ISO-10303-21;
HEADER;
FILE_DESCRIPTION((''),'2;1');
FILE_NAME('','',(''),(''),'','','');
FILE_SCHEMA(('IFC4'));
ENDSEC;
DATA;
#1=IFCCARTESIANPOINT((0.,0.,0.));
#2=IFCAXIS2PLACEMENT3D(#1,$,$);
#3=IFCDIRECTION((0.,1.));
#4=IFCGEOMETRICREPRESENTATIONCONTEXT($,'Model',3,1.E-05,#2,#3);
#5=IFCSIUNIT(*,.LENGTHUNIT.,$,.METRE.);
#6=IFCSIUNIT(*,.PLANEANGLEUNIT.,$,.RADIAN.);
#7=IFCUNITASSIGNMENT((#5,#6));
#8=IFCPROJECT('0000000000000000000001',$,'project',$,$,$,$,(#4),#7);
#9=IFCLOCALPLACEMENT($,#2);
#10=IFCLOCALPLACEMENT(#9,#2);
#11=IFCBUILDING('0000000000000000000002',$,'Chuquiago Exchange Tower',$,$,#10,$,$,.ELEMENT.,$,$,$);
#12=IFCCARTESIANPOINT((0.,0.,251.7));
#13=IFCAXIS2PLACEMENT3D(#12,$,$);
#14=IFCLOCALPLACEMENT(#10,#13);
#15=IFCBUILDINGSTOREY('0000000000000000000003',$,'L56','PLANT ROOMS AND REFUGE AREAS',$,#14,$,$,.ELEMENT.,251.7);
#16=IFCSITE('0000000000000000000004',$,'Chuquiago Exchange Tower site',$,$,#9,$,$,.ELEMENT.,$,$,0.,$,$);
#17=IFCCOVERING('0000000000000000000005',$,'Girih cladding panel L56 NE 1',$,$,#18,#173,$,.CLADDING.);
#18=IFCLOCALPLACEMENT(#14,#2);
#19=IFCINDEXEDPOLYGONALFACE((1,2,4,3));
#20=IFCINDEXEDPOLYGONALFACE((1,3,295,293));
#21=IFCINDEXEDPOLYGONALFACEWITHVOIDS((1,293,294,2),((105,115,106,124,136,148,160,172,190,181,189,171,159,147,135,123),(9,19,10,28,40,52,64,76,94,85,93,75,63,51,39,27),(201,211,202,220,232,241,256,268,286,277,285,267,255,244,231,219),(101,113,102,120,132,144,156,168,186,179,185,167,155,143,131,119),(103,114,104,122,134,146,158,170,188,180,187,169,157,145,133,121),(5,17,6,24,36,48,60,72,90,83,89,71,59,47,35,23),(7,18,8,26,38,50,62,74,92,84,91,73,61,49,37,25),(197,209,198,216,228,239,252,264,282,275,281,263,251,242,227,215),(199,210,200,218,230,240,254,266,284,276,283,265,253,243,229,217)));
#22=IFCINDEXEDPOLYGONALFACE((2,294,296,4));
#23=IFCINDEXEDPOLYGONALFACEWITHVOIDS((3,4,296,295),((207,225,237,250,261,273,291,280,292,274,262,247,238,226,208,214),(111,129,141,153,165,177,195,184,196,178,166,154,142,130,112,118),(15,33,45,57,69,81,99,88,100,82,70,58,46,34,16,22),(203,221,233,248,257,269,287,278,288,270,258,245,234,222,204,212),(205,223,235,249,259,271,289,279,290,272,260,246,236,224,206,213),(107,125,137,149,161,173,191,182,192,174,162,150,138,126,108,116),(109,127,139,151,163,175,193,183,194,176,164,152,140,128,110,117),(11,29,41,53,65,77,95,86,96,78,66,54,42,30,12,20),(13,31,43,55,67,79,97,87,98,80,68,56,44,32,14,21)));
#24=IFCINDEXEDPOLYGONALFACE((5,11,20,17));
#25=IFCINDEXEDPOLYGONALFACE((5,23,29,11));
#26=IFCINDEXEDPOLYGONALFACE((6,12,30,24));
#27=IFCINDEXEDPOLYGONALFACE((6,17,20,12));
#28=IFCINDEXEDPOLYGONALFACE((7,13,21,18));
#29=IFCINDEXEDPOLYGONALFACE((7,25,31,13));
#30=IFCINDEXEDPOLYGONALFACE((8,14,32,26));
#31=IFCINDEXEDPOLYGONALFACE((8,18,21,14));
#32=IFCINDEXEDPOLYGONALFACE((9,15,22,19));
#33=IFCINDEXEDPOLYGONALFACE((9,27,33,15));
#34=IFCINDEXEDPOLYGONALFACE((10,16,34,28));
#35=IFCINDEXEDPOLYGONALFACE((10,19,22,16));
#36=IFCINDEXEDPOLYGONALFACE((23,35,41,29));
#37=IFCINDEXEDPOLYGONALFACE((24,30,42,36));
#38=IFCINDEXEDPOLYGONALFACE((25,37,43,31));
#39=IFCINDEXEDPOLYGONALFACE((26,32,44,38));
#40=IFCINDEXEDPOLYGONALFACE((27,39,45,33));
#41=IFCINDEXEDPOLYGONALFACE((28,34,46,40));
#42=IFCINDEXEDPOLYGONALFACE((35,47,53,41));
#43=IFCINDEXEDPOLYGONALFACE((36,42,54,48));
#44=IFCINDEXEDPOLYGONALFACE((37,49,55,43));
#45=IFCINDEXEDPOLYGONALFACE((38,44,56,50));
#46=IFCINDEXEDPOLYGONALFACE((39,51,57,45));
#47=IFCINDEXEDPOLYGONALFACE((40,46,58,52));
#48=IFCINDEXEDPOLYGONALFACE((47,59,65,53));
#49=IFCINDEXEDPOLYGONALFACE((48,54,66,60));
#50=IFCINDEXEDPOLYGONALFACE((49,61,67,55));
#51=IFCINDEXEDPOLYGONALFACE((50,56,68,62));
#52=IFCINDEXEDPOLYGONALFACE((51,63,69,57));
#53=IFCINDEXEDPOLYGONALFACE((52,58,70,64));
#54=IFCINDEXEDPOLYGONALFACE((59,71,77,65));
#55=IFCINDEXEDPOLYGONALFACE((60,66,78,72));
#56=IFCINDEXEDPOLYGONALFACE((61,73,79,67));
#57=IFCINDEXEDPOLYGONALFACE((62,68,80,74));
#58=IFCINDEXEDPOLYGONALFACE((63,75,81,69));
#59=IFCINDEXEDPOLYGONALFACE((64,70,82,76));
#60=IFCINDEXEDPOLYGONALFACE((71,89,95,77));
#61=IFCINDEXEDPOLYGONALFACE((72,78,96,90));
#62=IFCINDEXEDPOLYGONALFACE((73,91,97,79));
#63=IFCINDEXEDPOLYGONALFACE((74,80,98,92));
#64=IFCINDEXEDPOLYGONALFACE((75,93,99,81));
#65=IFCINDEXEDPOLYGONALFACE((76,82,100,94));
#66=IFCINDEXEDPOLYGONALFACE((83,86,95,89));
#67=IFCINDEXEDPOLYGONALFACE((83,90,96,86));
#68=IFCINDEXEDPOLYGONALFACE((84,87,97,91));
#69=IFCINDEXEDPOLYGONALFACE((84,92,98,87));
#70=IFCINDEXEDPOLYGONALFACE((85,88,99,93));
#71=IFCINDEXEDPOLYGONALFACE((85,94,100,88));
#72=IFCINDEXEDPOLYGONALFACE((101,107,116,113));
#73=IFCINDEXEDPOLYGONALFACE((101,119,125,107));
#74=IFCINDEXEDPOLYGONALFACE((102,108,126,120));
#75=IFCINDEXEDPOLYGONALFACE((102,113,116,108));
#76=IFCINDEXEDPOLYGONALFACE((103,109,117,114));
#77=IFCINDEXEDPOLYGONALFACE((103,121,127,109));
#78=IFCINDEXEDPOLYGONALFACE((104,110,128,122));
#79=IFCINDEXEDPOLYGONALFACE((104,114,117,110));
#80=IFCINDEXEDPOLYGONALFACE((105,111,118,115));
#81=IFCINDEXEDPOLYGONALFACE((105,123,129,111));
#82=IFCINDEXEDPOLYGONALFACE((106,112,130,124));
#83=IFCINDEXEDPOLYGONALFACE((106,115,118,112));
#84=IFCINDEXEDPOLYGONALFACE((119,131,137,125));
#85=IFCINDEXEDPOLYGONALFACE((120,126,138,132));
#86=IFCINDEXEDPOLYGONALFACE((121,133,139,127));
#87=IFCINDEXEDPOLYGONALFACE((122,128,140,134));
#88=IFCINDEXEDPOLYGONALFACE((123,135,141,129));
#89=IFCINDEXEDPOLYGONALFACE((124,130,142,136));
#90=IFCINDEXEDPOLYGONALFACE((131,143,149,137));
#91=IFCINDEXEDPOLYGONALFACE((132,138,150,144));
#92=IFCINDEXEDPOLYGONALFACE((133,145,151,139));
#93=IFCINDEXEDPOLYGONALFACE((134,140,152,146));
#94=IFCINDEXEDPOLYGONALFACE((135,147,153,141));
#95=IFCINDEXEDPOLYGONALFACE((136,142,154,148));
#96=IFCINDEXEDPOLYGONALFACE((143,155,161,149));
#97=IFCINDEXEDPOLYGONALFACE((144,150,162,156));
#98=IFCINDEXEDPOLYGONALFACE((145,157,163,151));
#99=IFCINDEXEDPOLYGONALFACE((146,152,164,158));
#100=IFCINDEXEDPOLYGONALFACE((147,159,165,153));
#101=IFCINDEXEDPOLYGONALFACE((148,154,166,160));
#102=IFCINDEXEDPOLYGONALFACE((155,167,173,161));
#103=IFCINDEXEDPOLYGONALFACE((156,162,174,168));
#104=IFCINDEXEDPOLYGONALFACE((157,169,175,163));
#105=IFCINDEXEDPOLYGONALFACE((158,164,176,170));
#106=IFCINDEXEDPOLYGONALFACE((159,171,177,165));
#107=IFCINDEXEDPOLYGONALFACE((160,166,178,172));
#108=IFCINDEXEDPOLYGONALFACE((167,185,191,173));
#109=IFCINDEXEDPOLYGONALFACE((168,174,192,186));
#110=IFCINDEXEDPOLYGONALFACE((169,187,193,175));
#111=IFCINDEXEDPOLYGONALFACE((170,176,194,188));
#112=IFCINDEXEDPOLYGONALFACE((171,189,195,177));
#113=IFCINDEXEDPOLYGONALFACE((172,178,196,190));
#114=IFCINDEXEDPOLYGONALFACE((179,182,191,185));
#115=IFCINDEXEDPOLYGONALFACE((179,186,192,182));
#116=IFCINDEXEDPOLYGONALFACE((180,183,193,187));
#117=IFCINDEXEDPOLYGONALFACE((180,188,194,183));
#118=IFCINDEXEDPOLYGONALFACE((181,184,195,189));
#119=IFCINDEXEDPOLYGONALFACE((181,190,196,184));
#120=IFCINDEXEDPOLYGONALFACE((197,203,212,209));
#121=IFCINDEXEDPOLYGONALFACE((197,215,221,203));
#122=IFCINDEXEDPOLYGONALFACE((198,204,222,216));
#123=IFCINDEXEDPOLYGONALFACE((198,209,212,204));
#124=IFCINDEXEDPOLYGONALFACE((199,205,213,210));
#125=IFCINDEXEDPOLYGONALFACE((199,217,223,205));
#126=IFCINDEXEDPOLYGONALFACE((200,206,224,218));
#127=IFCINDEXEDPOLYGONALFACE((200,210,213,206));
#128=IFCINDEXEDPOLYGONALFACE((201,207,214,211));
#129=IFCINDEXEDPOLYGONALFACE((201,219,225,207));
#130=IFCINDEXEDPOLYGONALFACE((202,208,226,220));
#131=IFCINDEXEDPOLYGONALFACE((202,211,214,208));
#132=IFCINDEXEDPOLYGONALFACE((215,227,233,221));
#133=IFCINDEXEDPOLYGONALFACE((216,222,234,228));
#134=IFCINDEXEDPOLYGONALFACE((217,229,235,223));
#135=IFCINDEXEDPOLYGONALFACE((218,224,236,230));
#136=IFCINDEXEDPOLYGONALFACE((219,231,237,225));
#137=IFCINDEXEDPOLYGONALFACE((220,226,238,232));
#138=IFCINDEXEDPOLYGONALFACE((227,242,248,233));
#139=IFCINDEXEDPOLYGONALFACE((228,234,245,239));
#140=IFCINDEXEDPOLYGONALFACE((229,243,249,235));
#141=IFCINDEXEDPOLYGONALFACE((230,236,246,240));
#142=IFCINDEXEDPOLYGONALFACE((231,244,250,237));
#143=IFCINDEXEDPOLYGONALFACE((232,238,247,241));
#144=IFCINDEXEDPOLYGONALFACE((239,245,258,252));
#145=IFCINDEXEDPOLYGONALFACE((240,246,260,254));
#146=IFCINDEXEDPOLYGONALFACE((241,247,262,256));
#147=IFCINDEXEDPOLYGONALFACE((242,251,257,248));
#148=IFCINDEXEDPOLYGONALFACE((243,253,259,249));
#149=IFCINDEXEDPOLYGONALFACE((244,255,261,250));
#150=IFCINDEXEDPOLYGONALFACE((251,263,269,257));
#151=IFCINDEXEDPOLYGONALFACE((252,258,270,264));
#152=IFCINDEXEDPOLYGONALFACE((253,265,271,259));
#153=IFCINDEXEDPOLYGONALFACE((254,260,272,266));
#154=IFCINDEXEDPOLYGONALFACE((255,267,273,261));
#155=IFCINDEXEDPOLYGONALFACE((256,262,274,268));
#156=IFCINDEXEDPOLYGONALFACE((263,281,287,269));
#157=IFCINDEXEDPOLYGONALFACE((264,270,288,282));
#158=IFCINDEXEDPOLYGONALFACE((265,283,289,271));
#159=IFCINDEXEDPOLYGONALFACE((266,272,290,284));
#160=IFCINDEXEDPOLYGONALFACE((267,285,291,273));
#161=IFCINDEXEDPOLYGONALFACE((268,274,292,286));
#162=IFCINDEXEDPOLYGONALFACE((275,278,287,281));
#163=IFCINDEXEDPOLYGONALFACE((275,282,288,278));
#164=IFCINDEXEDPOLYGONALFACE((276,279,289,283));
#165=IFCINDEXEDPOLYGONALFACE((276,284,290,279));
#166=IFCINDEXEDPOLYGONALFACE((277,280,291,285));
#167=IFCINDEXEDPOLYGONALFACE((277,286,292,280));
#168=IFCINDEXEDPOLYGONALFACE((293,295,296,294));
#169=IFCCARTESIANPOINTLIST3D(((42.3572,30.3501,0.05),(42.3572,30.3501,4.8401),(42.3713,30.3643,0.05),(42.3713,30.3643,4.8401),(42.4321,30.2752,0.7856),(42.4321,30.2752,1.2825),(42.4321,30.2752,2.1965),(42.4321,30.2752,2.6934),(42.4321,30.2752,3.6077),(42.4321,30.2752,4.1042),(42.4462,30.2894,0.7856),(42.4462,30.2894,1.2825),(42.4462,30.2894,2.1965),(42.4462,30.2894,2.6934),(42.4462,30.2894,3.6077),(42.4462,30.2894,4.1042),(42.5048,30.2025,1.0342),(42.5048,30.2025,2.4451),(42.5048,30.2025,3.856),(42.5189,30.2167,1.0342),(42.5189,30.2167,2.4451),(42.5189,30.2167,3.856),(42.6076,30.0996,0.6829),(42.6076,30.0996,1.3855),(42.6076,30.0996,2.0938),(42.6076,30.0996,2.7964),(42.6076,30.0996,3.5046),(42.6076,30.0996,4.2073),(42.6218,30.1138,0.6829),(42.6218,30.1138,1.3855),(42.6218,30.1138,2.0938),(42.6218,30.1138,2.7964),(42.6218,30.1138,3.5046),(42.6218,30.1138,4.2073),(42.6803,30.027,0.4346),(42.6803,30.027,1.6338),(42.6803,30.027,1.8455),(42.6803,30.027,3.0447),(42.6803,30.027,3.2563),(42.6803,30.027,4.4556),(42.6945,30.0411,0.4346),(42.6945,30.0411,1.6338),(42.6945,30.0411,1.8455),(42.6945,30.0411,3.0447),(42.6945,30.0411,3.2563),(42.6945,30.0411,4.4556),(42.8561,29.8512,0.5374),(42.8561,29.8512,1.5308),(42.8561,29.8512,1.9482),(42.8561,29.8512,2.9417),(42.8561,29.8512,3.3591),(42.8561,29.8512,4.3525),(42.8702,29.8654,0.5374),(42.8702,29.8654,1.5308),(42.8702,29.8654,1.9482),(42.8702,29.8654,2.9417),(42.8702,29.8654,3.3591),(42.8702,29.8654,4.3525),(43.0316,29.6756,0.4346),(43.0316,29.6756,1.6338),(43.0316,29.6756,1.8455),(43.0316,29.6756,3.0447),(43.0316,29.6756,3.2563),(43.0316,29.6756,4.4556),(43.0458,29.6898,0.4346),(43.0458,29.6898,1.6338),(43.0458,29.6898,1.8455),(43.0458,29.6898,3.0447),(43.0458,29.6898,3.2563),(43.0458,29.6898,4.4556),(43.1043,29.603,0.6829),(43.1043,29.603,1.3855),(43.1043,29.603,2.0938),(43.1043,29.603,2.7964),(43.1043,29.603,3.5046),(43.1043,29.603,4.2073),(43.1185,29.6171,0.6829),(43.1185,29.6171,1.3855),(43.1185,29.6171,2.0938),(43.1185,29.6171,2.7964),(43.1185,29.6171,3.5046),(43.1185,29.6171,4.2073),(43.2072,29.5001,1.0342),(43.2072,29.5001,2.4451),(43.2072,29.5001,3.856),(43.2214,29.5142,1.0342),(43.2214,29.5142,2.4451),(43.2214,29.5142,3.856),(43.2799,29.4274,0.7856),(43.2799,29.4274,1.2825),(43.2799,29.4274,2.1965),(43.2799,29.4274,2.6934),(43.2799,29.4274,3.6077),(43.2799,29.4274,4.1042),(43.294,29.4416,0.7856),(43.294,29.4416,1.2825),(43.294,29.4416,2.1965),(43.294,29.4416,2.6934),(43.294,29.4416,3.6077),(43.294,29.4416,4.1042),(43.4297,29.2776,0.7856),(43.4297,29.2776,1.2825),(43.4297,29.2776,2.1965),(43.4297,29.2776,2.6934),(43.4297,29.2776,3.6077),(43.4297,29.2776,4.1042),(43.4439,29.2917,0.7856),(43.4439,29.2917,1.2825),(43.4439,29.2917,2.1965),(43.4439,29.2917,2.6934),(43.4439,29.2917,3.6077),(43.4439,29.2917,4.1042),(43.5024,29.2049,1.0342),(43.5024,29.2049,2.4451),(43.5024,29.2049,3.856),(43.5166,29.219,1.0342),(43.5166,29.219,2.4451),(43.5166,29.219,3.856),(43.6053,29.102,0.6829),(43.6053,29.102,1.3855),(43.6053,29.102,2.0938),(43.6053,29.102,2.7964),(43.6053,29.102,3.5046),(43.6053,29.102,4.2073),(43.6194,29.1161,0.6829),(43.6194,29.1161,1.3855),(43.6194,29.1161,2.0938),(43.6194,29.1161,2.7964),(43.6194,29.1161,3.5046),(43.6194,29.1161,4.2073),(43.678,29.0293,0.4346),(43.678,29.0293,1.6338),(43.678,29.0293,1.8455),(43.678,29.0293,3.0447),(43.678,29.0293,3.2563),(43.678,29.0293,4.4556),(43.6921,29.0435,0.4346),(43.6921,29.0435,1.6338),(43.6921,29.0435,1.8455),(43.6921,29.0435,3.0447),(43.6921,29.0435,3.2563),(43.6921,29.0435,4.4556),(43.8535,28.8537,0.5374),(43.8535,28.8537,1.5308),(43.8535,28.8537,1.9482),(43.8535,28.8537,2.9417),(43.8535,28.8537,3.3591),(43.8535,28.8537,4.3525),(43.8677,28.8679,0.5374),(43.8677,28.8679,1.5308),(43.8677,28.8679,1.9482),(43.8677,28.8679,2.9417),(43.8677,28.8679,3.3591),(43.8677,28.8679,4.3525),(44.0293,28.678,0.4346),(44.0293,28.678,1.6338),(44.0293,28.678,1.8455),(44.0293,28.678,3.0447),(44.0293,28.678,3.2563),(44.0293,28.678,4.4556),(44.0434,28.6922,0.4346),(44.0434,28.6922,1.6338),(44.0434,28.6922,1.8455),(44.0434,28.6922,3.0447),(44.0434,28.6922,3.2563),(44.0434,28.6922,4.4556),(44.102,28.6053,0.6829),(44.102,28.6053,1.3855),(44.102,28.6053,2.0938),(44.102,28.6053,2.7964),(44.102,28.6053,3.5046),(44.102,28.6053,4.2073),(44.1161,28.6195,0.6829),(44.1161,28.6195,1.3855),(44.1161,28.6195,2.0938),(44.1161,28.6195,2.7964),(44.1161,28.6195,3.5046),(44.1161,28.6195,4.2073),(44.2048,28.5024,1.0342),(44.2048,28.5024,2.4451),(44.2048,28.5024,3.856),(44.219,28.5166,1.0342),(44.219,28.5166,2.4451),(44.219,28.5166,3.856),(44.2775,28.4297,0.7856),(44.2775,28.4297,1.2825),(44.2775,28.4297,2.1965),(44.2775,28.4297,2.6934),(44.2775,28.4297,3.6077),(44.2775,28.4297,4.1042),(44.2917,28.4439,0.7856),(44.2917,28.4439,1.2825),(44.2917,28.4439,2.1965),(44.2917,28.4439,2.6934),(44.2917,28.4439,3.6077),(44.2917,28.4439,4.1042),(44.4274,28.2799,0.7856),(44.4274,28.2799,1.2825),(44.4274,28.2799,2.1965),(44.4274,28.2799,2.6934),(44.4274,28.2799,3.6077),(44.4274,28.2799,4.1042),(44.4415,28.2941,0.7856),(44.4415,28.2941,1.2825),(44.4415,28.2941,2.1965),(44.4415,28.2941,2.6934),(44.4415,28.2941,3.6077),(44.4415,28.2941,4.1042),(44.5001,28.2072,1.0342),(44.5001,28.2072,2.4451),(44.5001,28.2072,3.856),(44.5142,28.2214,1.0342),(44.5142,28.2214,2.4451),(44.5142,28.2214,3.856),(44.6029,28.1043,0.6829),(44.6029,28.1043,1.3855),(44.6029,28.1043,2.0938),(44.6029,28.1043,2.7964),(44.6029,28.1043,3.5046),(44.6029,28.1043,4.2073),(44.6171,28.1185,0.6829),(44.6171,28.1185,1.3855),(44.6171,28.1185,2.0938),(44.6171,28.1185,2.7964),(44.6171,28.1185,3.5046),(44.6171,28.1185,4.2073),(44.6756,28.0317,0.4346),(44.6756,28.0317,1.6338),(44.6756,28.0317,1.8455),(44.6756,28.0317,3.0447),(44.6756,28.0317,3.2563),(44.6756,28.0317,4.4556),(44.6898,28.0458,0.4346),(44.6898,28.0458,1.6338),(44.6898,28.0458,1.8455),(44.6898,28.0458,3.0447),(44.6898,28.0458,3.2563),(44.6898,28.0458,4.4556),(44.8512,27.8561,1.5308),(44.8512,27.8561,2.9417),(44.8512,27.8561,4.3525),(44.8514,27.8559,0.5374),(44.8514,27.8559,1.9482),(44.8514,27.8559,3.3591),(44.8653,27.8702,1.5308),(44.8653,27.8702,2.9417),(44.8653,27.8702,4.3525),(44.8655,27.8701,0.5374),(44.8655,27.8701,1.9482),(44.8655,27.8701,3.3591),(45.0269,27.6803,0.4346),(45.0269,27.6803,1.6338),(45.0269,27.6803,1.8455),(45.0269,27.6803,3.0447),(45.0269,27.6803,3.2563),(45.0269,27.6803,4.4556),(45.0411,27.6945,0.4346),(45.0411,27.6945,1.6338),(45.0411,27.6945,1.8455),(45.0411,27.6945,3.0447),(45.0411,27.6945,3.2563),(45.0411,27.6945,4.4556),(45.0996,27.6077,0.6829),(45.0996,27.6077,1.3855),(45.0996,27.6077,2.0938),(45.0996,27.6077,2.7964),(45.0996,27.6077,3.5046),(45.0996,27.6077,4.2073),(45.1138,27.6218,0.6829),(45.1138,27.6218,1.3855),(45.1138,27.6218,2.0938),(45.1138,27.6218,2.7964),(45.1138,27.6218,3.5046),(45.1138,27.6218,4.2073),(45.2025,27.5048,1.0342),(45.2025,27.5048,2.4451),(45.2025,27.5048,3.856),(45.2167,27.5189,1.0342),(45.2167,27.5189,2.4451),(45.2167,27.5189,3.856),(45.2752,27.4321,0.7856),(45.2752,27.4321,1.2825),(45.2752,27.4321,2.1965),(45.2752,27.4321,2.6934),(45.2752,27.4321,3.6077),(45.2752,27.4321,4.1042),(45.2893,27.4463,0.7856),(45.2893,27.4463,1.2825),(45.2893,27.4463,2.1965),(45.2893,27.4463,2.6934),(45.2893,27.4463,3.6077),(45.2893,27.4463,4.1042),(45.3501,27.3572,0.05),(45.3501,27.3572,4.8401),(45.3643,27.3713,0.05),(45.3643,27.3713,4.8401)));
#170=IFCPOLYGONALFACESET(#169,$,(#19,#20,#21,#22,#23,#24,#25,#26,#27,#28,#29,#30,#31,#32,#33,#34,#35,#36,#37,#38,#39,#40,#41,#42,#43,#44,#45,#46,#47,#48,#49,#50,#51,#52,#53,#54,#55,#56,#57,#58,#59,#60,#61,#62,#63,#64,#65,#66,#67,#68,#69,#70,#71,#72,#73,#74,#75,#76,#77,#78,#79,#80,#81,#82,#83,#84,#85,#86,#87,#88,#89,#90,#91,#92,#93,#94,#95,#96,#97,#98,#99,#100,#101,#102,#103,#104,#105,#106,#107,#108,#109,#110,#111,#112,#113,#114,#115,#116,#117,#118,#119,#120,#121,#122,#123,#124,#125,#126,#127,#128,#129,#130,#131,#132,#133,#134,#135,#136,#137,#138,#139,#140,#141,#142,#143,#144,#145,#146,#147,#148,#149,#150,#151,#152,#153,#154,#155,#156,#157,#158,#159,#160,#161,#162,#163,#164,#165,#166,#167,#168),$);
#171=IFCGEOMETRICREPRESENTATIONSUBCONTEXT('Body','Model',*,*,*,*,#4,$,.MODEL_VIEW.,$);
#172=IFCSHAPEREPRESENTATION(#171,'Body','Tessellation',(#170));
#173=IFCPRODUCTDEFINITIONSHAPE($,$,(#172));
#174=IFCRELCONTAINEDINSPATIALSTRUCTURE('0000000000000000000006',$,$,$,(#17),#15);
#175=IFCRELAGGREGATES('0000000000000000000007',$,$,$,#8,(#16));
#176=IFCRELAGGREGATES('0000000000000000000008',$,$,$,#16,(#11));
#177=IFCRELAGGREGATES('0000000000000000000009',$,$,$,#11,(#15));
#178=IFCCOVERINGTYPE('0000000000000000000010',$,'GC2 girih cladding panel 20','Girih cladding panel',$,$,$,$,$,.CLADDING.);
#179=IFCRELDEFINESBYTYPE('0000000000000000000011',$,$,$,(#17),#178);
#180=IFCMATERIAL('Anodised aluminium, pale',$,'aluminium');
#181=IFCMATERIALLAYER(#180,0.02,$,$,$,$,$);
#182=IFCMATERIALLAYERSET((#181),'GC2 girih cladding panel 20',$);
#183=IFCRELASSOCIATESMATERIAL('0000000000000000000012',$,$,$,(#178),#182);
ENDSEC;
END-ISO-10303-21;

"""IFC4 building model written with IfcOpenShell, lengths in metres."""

from ifc_helpers import new_model, si_unit, direction, frame, origin, place, context, subcontext, project, spatial, polyline, outline, extrude, material, layer, layer_set, type_object, element, save


model = new_model("IFC4")

# Units and contexts
model_context = context("Model", 3, precision=1e-05, world=origin(), true_north=direction((0.0, 1.0)))
body_context = subcontext(model_context, "Body", "Model", "MODEL_VIEW")
ifc_project = project(units=[si_unit("LENGTHUNIT", "METRE"), si_unit("PLANEANGLEUNIT", "RADIAN")], contexts=[model_context])

# Site, building, storey
site_placement = place(None, origin())
site = spatial("IfcSite", under=ifc_project, at=site_placement, Name="Chuquiago Exchange Tower site", CompositionType="ELEMENT", RefElevation=0.0)
building_placement = place(site_placement, origin())
building = spatial("IfcBuilding", under=site, at=building_placement, Name="Chuquiago Exchange Tower", CompositionType="ELEMENT")
storey_placement = place(building_placement, frame((0.0, 0.0, 251.7)))
storey = spatial("IfcBuildingStorey", under=building, at=storey_placement, Name="L56", Description="PLANT ROOMS AND REFUGE AREAS", CompositionType="ELEMENT", Elevation=251.7)

# Covering
ifc_material_1 = material(Name="Anodised aluminium, pale", Category="aluminium")
ifc_layer_1 = layer(ifc_material_1, 0.02)
ifc_layer_set_1 = layer_set([ifc_layer_1], Name="GC2 girih cladding panel 20")
covering_type_1 = type_object("IfcCoveringType", Name="GC2 girih cladding panel 20", Description="Girih cladding panel", PredefinedType="CLADDING", material=ifc_layer_set_1)
covering_1_placement = place(storey_placement, frame((45.3501, 27.3572, 0.05), z_axis=(0.0, 0.0, 1.0), x_axis=(-0.707107, 0.707107, 0.0)))
element("IfcCovering", 1, at=covering_1_placement, inside=storey, type_object=covering_type_1, Name="Girih cladding panel L56 NE 1", PredefinedType="CLADDING", context=body_context, shape_type="SweptSolid", body=[
    extrude(outline(polyline([(0.0, 0.0), (4.2327, 0.0), (4.2327, 4.79), (0.0, 4.79), (0.0, 0.0)]), holes=[polyline([(1.2021, 0.9841), (1.3049, 1.2324), (1.0566, 1.3354), (0.9539, 1.5837), (0.7056, 1.4807), (0.457, 1.5837), (0.3542, 1.3354), (0.106, 1.2324), (0.2087, 0.9841), (0.106, 0.7356), (0.3542, 0.6328), (0.457, 0.3845), (0.7053, 0.4873), (0.9539, 0.3845), (1.0566, 0.6328), (1.3049, 0.7356), (1.2021, 0.9841)]), polyline([(2.613, 0.9841), (2.7158, 1.2324), (2.4675, 1.3354), (2.3647, 1.5837), (2.1165, 1.4807), (1.8679, 1.5837), (1.7651, 1.3354), (1.5168, 1.2324), (1.6196, 0.9841), (1.5168, 0.7356), (1.7651, 0.6328), (1.8679, 0.3845), (2.1165, 0.4873), (2.3647, 0.3845), (2.4675, 0.6328), (2.7158, 0.7356), (2.613, 0.9841)]), polyline([(4.0239, 0.9841), (4.1267, 1.2324), (3.8784, 1.3354), (3.7756, 1.5837), (3.5271, 1.4807), (3.2788, 1.5837), (3.176, 1.3354), (2.9277, 1.2324), (3.0305, 0.9841), (2.9277, 0.7356), (3.176, 0.6328), (3.2788, 0.3845), (3.5271, 0.4873), (3.7756, 0.3845), (3.8784, 0.6328), (4.1267, 0.7356), (4.0239, 0.9841)]), polyline([(1.2021, 2.395), (1.3049, 2.6433), (1.0566, 2.7463), (0.9539, 2.9946), (0.7056, 2.8916), (0.457, 2.9946), (0.3542, 2.7463), (0.106, 2.6433), (0.2087, 2.395), (0.106, 2.1465), (0.3542, 2.0437), (0.457, 1.7954), (0.7053, 1.8982), (0.9539, 1.7954), (1.0566, 2.0437), (1.3049, 2.1465), (1.2021, 2.395)]), polyline([(2.613, 2.395), (2.7158, 2.6433), (2.4675, 2.7463), (2.3647, 2.9946), (2.1165, 2.8916), (1.8679, 2.9946), (1.7651, 2.7463), (1.5168, 2.6433), (1.6196, 2.395), (1.5168, 2.1465), (1.7651, 2.0437), (1.8679, 1.7954), (2.1165, 1.8982), (2.3647, 1.7954), (2.4675, 2.0437), (2.7158, 2.1465), (2.613, 2.395)]), polyline([(4.0239, 2.395), (4.1267, 2.6433), (3.8784, 2.7463), (3.7756, 2.9946), (3.5271, 2.8916), (3.2788, 2.9946), (3.176, 2.7463), (2.9277, 2.6433), (3.0305, 2.395), (2.9277, 2.1465), (3.176, 2.0437), (3.2788, 1.7954), (3.5271, 1.8982), (3.7756, 1.7954), (3.8784, 2.0437), (4.1267, 2.1465), (4.0239, 2.395)]), polyline([(1.2021, 3.8059), (1.3049, 4.0542), (1.0566, 4.1572), (0.9539, 4.4055), (0.7056, 4.3025), (0.457, 4.4055), (0.3542, 4.1572), (0.106, 4.0542), (0.2087, 3.8059), (0.106, 3.5576), (0.3542, 3.4546), (0.457, 3.2063), (0.7053, 3.3091), (0.9539, 3.2063), (1.0566, 3.4546), (1.3049, 3.5576), (1.2021, 3.8059)]), polyline([(2.613, 3.8059), (2.7158, 4.0542), (2.4675, 4.1572), (2.3647, 4.4055), (2.1165, 4.3025), (1.8679, 4.4055), (1.7651, 4.1572), (1.5168, 4.0542), (1.6196, 3.8059), (1.5168, 3.5576), (1.7651, 3.4546), (1.8679, 3.2063), (2.1165, 3.3091), (2.3647, 3.2063), (2.4675, 3.4546), (2.7158, 3.5576), (2.613, 3.8059)]), polyline([(4.0239, 3.8059), (4.1267, 4.0542), (3.8784, 4.1572), (3.7756, 4.4055), (3.5271, 4.3025), (3.2788, 4.4055), (3.176, 4.1572), (2.9277, 4.0542), (3.0305, 3.8059), (2.9277, 3.5576), (3.176, 3.4546), (3.2788, 3.2063), (3.5271, 3.3091), (3.7756, 3.2063), (3.8784, 3.4546), (4.1267, 3.5576), (4.0239, 3.8059)])]), frame((0.0, 0.0, 0.0), z_axis=(0.0, -1.0, 0.0), x_axis=(1.0, 0.0, 0.0)), (0.0, 0.0, 1.0), 0.02),
])

save(model, "model.ifc")
